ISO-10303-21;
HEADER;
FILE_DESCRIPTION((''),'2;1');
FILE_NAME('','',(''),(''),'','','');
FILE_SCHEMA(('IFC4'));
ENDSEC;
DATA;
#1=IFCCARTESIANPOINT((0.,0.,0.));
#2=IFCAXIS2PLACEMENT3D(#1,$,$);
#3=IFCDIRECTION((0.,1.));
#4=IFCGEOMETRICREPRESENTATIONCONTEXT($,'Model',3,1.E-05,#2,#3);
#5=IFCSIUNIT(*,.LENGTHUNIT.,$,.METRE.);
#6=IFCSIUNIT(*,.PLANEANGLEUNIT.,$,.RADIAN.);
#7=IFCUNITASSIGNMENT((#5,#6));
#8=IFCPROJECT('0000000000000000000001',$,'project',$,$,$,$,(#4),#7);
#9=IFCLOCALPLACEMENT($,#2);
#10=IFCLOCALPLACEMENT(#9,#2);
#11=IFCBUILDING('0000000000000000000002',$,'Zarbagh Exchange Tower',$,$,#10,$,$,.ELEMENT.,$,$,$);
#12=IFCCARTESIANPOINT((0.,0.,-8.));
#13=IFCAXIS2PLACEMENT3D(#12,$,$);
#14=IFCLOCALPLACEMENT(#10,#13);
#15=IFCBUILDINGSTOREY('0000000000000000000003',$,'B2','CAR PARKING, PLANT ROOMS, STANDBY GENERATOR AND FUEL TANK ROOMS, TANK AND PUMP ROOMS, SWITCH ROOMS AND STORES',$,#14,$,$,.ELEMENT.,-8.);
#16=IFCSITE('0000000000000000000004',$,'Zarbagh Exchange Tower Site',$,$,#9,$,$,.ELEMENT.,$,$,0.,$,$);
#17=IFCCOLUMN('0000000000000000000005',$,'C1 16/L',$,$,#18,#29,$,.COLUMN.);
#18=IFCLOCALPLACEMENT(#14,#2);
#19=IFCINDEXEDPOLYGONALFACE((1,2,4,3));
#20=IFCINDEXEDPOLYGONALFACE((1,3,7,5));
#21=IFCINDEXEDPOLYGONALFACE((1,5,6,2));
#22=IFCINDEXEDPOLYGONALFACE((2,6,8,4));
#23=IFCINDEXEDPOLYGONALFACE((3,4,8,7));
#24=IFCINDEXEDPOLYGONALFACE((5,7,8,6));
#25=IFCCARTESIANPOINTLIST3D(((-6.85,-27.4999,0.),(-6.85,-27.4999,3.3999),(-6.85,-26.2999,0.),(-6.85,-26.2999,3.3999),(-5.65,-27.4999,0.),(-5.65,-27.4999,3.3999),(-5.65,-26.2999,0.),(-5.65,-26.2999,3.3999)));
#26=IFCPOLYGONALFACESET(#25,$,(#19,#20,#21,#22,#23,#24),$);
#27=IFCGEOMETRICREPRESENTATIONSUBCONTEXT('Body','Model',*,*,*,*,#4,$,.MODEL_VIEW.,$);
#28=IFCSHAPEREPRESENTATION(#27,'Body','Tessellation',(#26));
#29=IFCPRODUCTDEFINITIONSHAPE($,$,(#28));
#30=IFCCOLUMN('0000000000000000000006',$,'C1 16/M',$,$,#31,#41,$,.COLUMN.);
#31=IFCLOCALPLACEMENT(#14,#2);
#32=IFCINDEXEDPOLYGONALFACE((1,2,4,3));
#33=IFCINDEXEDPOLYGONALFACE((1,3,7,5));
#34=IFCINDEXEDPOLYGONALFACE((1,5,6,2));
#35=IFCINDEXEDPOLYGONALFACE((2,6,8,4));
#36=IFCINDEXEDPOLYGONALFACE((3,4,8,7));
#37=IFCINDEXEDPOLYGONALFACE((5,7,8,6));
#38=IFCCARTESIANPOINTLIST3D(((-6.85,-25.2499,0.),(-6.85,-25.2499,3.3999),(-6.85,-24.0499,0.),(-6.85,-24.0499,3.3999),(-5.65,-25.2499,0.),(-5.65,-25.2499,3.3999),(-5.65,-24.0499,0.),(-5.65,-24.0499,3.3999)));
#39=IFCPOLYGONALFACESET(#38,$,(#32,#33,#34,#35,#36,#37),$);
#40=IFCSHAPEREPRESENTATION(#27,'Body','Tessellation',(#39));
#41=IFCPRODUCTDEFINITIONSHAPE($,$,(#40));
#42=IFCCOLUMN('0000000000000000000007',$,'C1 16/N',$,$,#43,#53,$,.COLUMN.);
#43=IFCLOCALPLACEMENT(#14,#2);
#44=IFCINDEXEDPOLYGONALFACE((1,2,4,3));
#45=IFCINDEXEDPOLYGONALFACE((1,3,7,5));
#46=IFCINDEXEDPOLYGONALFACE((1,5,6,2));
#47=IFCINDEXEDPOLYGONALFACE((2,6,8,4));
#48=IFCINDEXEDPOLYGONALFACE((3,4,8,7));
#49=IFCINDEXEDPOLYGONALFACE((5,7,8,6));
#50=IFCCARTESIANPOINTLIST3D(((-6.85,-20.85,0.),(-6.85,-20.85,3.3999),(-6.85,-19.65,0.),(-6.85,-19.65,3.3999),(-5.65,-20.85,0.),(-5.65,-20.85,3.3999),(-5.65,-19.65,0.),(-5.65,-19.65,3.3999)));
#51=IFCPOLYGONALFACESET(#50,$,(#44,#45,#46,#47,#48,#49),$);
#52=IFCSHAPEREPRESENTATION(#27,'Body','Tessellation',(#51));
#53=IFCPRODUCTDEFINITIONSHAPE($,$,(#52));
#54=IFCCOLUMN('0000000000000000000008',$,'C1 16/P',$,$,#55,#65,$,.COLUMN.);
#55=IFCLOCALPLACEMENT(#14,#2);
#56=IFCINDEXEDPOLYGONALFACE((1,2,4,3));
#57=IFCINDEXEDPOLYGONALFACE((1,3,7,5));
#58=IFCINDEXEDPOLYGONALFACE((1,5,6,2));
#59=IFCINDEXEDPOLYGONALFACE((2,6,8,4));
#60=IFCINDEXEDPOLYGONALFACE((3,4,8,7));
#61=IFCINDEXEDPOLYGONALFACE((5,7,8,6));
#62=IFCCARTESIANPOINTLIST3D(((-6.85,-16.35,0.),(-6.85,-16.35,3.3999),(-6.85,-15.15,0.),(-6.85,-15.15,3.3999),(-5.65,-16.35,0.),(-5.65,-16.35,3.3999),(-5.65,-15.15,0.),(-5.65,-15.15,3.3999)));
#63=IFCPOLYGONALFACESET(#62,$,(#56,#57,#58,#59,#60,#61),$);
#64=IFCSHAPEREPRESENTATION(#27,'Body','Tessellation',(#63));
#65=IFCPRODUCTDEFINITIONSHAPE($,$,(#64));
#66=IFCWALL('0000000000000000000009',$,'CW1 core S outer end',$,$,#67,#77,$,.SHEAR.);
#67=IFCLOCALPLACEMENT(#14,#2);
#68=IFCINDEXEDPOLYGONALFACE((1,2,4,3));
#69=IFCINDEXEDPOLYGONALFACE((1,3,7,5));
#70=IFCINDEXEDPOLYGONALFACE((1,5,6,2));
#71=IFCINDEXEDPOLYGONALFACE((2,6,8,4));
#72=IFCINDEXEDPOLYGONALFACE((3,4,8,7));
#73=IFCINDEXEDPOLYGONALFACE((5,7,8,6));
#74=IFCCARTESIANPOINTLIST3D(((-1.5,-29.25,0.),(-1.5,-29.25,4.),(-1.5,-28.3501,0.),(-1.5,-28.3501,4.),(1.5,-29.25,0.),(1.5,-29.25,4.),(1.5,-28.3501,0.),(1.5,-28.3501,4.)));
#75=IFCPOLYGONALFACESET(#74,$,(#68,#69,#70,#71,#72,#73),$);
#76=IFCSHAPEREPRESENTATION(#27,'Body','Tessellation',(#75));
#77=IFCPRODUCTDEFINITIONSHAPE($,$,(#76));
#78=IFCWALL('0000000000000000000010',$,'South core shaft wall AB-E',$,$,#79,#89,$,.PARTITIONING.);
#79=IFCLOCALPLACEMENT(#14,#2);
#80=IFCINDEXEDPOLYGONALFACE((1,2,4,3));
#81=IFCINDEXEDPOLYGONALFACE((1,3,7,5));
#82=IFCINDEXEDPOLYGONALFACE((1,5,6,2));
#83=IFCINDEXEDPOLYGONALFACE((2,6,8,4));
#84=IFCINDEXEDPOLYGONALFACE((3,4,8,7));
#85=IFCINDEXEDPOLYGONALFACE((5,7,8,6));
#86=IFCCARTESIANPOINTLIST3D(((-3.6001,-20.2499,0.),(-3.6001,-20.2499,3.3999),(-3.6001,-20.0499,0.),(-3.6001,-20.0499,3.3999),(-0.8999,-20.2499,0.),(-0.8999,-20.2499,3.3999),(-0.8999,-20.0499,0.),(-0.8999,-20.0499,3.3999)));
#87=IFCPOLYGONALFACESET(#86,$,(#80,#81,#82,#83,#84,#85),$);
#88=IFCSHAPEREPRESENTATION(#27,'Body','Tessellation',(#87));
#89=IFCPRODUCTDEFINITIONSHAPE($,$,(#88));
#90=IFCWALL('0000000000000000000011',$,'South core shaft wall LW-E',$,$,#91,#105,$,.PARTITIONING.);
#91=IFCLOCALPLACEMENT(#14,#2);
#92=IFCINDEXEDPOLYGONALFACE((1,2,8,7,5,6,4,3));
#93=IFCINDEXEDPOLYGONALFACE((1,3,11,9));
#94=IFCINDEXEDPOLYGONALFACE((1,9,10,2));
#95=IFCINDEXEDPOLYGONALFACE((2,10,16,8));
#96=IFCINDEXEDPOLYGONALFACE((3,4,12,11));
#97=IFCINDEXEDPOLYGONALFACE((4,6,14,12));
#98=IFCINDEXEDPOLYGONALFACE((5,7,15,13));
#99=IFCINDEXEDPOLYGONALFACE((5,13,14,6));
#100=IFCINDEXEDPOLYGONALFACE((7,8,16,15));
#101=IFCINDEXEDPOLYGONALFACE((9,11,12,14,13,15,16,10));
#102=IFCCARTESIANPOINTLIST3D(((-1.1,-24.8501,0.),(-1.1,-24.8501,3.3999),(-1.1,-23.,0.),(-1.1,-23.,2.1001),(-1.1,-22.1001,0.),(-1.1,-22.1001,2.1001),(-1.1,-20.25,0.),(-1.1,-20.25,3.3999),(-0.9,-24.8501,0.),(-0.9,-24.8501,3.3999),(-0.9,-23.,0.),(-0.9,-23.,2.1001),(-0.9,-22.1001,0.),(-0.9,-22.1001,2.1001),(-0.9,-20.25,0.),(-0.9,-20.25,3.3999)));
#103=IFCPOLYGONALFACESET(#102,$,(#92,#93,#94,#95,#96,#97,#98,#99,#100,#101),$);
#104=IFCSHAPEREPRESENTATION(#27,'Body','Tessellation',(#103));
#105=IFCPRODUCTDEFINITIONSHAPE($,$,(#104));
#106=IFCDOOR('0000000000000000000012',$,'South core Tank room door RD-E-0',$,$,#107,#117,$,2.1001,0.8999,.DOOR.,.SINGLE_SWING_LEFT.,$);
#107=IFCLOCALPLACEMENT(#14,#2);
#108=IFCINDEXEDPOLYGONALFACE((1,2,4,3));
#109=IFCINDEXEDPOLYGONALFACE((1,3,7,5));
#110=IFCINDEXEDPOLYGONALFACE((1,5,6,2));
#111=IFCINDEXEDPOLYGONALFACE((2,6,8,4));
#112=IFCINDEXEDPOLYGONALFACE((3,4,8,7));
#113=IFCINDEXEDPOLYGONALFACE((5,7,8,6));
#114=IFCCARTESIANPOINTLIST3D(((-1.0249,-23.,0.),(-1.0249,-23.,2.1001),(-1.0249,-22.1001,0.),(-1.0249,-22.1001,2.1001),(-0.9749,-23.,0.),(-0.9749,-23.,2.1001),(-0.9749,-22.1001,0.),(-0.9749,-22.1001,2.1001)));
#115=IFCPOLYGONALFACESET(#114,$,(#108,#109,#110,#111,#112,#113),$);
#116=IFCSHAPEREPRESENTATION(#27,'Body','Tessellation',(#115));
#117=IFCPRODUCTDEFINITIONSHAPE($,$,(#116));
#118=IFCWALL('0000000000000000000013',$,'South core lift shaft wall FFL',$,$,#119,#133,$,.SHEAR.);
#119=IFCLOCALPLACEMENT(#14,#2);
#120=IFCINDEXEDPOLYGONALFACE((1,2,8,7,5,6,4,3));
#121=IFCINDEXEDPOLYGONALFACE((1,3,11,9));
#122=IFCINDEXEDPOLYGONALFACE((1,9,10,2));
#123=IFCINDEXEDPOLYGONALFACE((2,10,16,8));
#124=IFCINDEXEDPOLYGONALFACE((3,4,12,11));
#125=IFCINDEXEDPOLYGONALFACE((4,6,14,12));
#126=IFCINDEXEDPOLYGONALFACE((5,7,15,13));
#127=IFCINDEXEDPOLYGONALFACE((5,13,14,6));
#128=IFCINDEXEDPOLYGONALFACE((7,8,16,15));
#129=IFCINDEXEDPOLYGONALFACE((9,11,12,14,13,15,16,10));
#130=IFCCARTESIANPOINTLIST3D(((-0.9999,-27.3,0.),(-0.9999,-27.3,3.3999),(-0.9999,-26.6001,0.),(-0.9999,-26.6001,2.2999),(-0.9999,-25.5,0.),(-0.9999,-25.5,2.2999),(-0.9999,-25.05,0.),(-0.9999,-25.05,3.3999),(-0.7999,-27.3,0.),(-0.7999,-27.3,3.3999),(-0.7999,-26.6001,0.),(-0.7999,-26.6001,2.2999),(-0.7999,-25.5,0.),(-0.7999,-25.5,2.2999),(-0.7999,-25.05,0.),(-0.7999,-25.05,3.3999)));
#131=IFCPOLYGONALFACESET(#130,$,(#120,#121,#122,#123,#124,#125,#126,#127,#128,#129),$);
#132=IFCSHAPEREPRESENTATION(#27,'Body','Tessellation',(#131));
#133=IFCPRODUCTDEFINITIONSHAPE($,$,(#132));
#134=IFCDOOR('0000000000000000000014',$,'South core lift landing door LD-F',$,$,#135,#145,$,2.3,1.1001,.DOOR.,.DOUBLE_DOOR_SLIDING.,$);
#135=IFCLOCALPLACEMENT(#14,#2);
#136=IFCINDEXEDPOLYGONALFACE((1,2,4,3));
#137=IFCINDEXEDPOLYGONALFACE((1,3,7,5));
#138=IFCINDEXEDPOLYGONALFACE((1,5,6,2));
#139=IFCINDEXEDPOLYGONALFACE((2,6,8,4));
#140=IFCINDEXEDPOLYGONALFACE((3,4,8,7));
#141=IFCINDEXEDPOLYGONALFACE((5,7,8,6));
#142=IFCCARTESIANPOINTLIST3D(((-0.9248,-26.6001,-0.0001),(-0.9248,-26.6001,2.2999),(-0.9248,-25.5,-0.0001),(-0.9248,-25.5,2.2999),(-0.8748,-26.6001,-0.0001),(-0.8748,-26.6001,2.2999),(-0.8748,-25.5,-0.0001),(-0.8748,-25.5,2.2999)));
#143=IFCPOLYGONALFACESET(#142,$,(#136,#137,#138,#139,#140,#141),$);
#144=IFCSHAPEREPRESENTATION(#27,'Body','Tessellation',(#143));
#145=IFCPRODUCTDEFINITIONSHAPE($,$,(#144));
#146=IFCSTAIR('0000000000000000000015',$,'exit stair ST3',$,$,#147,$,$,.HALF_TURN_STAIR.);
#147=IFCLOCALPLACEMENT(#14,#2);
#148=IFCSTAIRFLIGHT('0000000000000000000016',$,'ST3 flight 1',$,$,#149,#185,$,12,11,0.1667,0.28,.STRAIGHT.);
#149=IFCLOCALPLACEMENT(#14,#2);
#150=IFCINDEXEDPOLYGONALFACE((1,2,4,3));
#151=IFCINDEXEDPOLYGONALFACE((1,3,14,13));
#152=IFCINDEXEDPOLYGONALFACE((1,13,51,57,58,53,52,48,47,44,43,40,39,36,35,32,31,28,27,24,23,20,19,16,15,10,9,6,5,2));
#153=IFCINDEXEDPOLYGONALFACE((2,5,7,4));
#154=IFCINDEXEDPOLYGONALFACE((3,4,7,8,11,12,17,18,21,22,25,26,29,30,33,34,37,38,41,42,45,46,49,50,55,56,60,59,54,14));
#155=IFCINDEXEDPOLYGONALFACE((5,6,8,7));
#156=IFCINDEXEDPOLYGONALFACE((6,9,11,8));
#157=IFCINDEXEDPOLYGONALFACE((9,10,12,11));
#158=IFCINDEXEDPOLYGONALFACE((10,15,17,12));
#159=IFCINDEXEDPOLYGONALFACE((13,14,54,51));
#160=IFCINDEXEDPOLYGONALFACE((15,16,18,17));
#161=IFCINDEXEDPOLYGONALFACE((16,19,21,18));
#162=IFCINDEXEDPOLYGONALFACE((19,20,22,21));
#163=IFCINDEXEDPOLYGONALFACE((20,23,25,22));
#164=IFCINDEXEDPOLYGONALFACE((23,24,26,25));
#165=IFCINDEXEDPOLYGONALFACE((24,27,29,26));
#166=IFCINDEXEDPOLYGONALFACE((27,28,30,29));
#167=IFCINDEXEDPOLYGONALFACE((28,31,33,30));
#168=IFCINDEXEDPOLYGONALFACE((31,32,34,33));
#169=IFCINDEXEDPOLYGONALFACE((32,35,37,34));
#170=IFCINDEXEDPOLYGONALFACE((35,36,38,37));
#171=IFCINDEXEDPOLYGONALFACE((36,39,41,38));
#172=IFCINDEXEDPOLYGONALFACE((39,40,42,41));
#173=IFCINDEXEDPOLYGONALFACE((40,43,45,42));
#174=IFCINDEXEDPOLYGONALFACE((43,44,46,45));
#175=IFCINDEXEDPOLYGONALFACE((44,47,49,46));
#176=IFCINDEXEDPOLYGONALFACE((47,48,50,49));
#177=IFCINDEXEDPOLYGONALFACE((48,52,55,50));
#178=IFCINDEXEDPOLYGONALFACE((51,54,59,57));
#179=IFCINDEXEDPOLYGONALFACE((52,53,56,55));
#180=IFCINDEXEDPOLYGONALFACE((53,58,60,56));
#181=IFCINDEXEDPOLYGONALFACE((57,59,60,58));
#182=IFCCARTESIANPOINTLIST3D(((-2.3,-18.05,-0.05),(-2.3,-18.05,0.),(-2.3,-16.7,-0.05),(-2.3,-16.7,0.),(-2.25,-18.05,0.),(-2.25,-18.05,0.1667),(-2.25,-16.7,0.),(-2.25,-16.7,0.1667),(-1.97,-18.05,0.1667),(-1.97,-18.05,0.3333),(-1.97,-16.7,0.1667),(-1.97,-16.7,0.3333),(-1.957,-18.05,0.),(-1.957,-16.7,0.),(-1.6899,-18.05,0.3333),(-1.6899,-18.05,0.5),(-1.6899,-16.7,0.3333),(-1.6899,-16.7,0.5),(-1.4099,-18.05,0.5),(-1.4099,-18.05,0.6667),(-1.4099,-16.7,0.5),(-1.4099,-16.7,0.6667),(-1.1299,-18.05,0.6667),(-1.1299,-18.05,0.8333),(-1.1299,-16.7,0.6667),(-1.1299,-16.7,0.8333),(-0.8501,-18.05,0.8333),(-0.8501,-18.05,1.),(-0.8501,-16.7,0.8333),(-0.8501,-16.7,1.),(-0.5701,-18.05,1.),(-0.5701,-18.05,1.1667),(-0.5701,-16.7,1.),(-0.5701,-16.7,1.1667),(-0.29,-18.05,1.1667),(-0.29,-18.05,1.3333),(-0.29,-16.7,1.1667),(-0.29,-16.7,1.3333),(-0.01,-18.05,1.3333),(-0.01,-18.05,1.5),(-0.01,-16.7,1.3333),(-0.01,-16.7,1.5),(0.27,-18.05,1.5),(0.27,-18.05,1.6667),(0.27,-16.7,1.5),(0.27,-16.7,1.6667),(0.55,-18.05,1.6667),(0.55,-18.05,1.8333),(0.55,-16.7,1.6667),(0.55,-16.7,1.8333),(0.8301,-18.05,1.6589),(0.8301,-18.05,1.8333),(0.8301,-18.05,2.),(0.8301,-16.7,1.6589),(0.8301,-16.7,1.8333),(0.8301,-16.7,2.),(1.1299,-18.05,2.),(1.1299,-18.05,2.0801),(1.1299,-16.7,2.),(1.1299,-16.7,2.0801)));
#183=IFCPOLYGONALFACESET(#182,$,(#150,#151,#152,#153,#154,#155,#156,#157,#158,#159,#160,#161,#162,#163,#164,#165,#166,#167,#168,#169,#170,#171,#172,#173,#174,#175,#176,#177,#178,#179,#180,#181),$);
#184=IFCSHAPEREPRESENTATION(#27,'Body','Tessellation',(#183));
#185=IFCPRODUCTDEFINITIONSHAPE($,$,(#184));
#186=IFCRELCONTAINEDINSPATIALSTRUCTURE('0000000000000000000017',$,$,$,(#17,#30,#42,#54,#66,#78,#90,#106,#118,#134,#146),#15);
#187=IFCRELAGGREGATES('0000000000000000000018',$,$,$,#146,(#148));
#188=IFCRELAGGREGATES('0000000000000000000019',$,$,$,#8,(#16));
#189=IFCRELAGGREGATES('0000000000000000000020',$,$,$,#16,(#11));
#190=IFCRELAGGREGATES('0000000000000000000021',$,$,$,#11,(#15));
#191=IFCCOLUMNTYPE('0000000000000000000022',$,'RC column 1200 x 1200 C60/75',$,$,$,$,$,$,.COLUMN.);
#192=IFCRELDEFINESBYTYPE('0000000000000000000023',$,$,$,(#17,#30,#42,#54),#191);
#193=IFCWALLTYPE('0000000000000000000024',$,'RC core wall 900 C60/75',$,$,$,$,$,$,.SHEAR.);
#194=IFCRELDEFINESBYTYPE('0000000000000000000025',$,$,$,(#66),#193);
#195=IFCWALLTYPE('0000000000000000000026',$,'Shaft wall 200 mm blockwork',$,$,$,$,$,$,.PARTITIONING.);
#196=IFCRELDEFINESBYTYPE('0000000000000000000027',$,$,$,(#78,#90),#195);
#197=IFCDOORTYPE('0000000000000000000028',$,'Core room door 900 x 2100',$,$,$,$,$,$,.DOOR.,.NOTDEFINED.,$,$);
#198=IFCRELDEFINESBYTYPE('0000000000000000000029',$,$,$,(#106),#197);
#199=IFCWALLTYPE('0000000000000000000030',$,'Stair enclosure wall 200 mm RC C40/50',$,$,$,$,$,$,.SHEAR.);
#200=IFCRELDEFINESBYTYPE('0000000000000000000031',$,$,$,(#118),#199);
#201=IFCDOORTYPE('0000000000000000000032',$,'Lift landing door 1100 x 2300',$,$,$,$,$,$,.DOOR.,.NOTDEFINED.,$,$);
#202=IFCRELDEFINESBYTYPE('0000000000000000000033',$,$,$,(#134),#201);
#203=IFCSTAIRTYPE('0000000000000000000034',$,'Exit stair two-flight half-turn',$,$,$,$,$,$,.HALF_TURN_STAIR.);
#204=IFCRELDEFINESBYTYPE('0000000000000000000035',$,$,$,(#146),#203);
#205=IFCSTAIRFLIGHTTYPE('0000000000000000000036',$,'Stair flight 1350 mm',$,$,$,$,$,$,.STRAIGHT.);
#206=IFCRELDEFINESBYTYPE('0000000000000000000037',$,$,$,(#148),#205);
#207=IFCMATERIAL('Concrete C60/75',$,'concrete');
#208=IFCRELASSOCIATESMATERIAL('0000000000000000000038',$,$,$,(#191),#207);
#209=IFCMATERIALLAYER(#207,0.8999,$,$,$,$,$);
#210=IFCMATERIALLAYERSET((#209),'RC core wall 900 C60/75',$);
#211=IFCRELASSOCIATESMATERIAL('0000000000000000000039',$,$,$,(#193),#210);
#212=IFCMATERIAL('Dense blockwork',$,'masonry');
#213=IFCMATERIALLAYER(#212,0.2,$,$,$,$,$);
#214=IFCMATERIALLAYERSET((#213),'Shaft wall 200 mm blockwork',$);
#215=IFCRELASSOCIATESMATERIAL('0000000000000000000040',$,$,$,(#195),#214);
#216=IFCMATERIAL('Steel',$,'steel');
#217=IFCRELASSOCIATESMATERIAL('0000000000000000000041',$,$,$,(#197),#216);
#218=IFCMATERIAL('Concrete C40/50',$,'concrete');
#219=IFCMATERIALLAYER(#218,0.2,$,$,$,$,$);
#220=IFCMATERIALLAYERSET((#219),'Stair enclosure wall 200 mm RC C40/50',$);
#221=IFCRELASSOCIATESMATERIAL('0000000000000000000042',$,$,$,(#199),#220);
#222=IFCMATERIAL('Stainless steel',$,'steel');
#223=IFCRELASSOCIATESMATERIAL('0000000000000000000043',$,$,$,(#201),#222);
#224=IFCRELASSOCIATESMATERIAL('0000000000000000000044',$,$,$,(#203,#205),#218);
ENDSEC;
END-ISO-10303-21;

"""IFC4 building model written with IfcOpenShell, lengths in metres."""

from ifc_helpers import new_model, si_unit, direction, frame, frame_2d, origin, origin_2d, place, context, subcontext, project, spatial, polyline, rectangle, outline, extrude, material, layer, layer_set, material_profile, profile_set, type_object, element, fill, aggregate, save


model = new_model("IFC4")

# Units and contexts
model_context = context("Model", 3, precision=1e-05, world=origin(), true_north=direction((0.0, 1.0)))
body_context = subcontext(model_context, "Body", "Model", "MODEL_VIEW")
ifc_project = project(units=[si_unit("LENGTHUNIT", "METRE"), si_unit("PLANEANGLEUNIT", "RADIAN")], contexts=[model_context])

# Site, building, storey
site_placement = place(None, origin())
site = spatial("IfcSite", under=ifc_project, at=site_placement, Name="Zarbagh Exchange Tower Site", CompositionType="ELEMENT", RefElevation=0.0)
building_placement = place(site_placement, origin())
building = spatial("IfcBuilding", under=site, at=building_placement, Name="Zarbagh Exchange Tower", CompositionType="ELEMENT")
storey_placement = place(building_placement, frame((0.0, 0.0, -8.0)))
storey = spatial("IfcBuildingStorey", under=building, at=storey_placement, Name="B2", Description="CAR PARKING, PLANT ROOMS, STANDBY GENERATOR AND FUEL TANK ROOMS, TANK AND PUMP ROOMS, SWITCH ROOMS AND STORES", CompositionType="ELEMENT", Elevation=-8.0)

# Shared definitions
ifc_material_1 = material(Name="Concrete C40/50", Category="concrete")

# Columns
ifc_material_2 = material(Name="Concrete C60/75", Category="concrete")
ifc_material_profile_1 = material_profile(ifc_material_2, rectangle(XDim=1.2, YDim=1.2, at=origin_2d()), Name="RC column 1200 x 1200 C60/75")
ifc_profile_set_1 = profile_set([ifc_material_profile_1], Name="Concrete C60/75")
column_type = type_object("IfcColumnType", Name="RC column 1200 x 1200 C60/75", PredefinedType="COLUMN", material=ifc_profile_set_1)
for number, where, z_axis, x_axis, name in (
    (1, (-6.25, -26.8999, 0.0), (0.0, 0.0, 1.0), (1.0, 0.0, 0.0), "C1 16/L"),
    (2, (-6.25, -24.6499, 0.0), (0.0, 0.0, 1.0), (1.0, 0.0, 0.0), "C1 16/M"),
    (3, (-6.25, -20.25, 0.0), (0.0, 0.0, 1.0), (1.0, 0.0, 0.0), "C1 16/N"),
    (4, (-6.25, -15.75, 0.0), (0.0, 0.0, 1.0), (1.0, 0.0, 0.0), "C1 16/P"),
):
    element("IfcColumn", number, at=place(storey_placement, frame(where, z_axis=z_axis, x_axis=x_axis)), inside=storey, type_object=column_type, Name=name, PredefinedType="COLUMN", context=body_context, shape_type="SweptSolid", body=[
        extrude(rectangle(XDim=1.2, YDim=1.2, at=origin_2d()), origin(), (0.0, 0.0, 1.0), 3.3999),
    ])

# Walls
ifc_layer_1 = layer(ifc_material_2, 0.8999)
ifc_layer_set_1 = layer_set([ifc_layer_1], Name="RC core wall 900 C60/75")
wall_type_1 = type_object("IfcWallType", Name="RC core wall 900 C60/75", PredefinedType="SHEAR", material=ifc_layer_set_1)
wall_1_placement = place(storey_placement, frame((-1.5, -28.8, 0.0), z_axis=(0.0, 0.0, 1.0), x_axis=(1.0, 0.0, 0.0)))
element("IfcWall", 5, at=wall_1_placement, inside=storey, type_object=wall_type_1, Name="CW1 core S outer end", PredefinedType="SHEAR", context=body_context, shape_type="SweptSolid", body=[
    extrude(rectangle(XDim=3.0, YDim=0.8999, at=frame_2d((1.5, 0.0))), origin(), (0.0, 0.0, 1.0), 4.0),
])
ifc_material_3 = material(Name="Dense blockwork", Category="masonry")
ifc_layer_2 = layer(ifc_material_3, 0.2)
ifc_layer_set_2 = layer_set([ifc_layer_2], Name="Shaft wall 200 mm blockwork")
wall_type_2 = type_object("IfcWallType", Name="Shaft wall 200 mm blockwork", PredefinedType="PARTITIONING", material=ifc_layer_set_2)
wall_2_placement = place(storey_placement, frame((-0.8999, -20.1499, 0.0), z_axis=(0.0, 0.0, 1.0), x_axis=(-1.0, 0.0, 0.0)))
element("IfcWall", 6, at=wall_2_placement, inside=storey, type_object=wall_type_2, Name="South core shaft wall AB-E", PredefinedType="PARTITIONING", context=body_context, shape_type="SweptSolid", body=[
    extrude(rectangle(XDim=2.7002, YDim=0.2, at=frame_2d((1.3501, 0.0))), origin(), (0.0, 0.0, 1.0), 3.3999),
])

# Walls, openings, doors
wall_3_placement = place(storey_placement, frame((-1.0, -24.8501, 0.0), z_axis=(0.0, 0.0, 1.0), x_axis=(0.0, 1.0, 0.0)))
wall_3 = element("IfcWall", 7, at=wall_3_placement, inside=storey, type_object=wall_type_2, Name="South core shaft wall LW-E", PredefinedType="PARTITIONING", context=body_context, shape_type="SweptSolid", body=[
    extrude(rectangle(XDim=4.6001, YDim=0.2, at=frame_2d((2.3, 0.0))), origin(), (0.0, 0.0, 1.0), 3.3999),
])
opening_1_placement = place(wall_3_placement, frame((1.8501, 0.0, 0.0)))
opening_1 = element("IfcOpeningElement", 8, at=opening_1_placement, cuts=wall_3, PredefinedType="OPENING", context=body_context, shape_type="SweptSolid", body=[
    extrude(rectangle(XDim=0.8999, YDim=2.1001, at=frame_2d((0.45, 1.05))), frame((0.0, 0.1099, 0.0), z_axis=(0.0, -1.0, 0.0), x_axis=(1.0, 0.0, 0.0)), (0.0, 0.0, 1.0), 0.22),
])
ifc_material_4 = material(Name="Steel", Category="steel")
door_type_1 = type_object("IfcDoorType", Name="Core room door 900 x 2100", OperationType="NOTDEFINED", PredefinedType="DOOR", material=ifc_material_4)
door_1_placement = place(opening_1_placement, origin())
door_1 = element("IfcDoor", 9, at=door_1_placement, inside=storey, type_object=door_type_1, Name="South core Tank room door RD-E-0", OperationType="SINGLE_SWING_LEFT", OverallHeight=2.1001, OverallWidth=0.8999, PredefinedType="DOOR", context=body_context, shape_type="SweptSolid", body=[
    extrude(rectangle(XDim=0.8999, YDim=2.1001, at=frame_2d((0.45, 1.05))), frame((0.0, 0.0249, 0.0), z_axis=(0.0, -1.0, 0.0), x_axis=(1.0, 0.0, 0.0)), (0.0, 0.0, 1.0), 0.05),
])
fill(opening_1, door_1)
ifc_layer_3 = layer(ifc_material_1, 0.2)
ifc_layer_set_3 = layer_set([ifc_layer_3], Name="Stair enclosure wall 200 mm RC C40/50")
wall_type_3 = type_object("IfcWallType", Name="Stair enclosure wall 200 mm RC C40/50", PredefinedType="SHEAR", material=ifc_layer_set_3)
wall_4_placement = place(storey_placement, frame((-0.8999, -27.3, 0.0), z_axis=(0.0, 0.0, 1.0), x_axis=(0.0, 1.0, 0.0)))
wall_4 = element("IfcWall", 10, at=wall_4_placement, inside=storey, type_object=wall_type_3, Name="South core lift shaft wall FFL", PredefinedType="SHEAR", context=body_context, shape_type="SweptSolid", body=[
    extrude(rectangle(XDim=2.25, YDim=0.2, at=frame_2d((1.125, 0.0))), origin(), (0.0, 0.0, 1.0), 3.3999),
])
opening_2_placement = place(wall_4_placement, frame((0.7, 0.0, 0.0)))
opening_2 = element("IfcOpeningElement", 11, at=opening_2_placement, cuts=wall_4, PredefinedType="OPENING", context=body_context, shape_type="SweptSolid", body=[
    extrude(rectangle(XDim=1.1001, YDim=2.3, at=frame_2d((0.55, 1.1499))), frame((0.0, 0.1099, 0.0), z_axis=(0.0, -1.0, 0.0), x_axis=(1.0, 0.0, 0.0)), (0.0, 0.0, 1.0), 0.22),
])
ifc_material_5 = material(Name="Stainless steel", Category="steel")
door_type_2 = type_object("IfcDoorType", Name="Lift landing door 1100 x 2300", OperationType="NOTDEFINED", PredefinedType="DOOR", material=ifc_material_5)
door_2_placement = place(opening_2_placement, origin())
door_2 = element("IfcDoor", 12, at=door_2_placement, inside=storey, type_object=door_type_2, Name="South core lift landing door LD-F", OperationType="DOUBLE_DOOR_SLIDING", OverallHeight=2.3, OverallWidth=1.1001, PredefinedType="DOOR", context=body_context, shape_type="SweptSolid", body=[
    extrude(rectangle(XDim=1.1001, YDim=2.3, at=frame_2d((0.55, 1.1499))), frame((0.0, 0.0249, 0.0), z_axis=(0.0, -1.0, 0.0), x_axis=(1.0, 0.0, 0.0)), (0.0, 0.0, 1.0), 0.05),
])
fill(opening_2, door_2)

# Stair, stair flight
stair_type = type_object("IfcStairType", Name="Exit stair two-flight half-turn", PredefinedType="HALF_TURN_STAIR", material=ifc_material_1)
stair_placement = place(storey_placement, origin())
stair = element("IfcStair", 13, at=stair_placement, inside=storey, type_object=stair_type, Name="exit stair ST3", PredefinedType="HALF_TURN_STAIR")
stair_flight_type = type_object("IfcStairFlightType", Name="Stair flight 1350 mm", PredefinedType="STRAIGHT", material=ifc_material_1)
stair_flight_placement = place(storey_placement, frame((-2.25, -17.375, 0.0), z_axis=(0.0, 0.0, 1.0), x_axis=(1.0, 0.0, 0.0)))
stair_flight = element("IfcStairFlight", 14, at=stair_flight_placement, type_object=stair_flight_type, Name="ST3 flight 1", NumberOfRisers=12, NumberOfTreads=11, PredefinedType="STRAIGHT", RiserHeight=0.1667, TreadLength=0.28, context=body_context, shape_type="SweptSolid", body=[
    extrude(outline(polyline([(-0.05, -0.05), (-0.05, 0.0), (0.0, 0.0), (0.0, 0.1667), (0.28, 0.1667), (0.28, 0.3333), (0.5601, 0.3333), (0.5601, 0.5), (0.8401, 0.5), (0.8401, 0.6667), (1.1201, 0.6667), (1.1201, 0.8333), (1.3999, 0.8333), (1.3999, 1.0), (1.6799, 1.0), (1.6799, 1.1667), (1.96, 1.1667), (1.96, 1.3333), (2.24, 1.3333), (2.24, 1.5), (2.52, 1.5), (2.52, 1.6667), (2.8, 1.6667), (2.8, 1.8333), (3.0801, 1.8333), (3.0801, 2.0), (3.3799, 2.0801), (3.3799, 2.0), (3.0801, 1.6589), (0.293, 0.0), (-0.05, -0.05)])), frame((0.0, 0.675, 0.0), z_axis=(0.0, -1.0, 0.0), x_axis=(1.0, 0.0, 0.0)), (0.0, 0.0, 1.0), 1.3501),
])
aggregate(stair, [stair_flight])

save(model, "model.ifc")
